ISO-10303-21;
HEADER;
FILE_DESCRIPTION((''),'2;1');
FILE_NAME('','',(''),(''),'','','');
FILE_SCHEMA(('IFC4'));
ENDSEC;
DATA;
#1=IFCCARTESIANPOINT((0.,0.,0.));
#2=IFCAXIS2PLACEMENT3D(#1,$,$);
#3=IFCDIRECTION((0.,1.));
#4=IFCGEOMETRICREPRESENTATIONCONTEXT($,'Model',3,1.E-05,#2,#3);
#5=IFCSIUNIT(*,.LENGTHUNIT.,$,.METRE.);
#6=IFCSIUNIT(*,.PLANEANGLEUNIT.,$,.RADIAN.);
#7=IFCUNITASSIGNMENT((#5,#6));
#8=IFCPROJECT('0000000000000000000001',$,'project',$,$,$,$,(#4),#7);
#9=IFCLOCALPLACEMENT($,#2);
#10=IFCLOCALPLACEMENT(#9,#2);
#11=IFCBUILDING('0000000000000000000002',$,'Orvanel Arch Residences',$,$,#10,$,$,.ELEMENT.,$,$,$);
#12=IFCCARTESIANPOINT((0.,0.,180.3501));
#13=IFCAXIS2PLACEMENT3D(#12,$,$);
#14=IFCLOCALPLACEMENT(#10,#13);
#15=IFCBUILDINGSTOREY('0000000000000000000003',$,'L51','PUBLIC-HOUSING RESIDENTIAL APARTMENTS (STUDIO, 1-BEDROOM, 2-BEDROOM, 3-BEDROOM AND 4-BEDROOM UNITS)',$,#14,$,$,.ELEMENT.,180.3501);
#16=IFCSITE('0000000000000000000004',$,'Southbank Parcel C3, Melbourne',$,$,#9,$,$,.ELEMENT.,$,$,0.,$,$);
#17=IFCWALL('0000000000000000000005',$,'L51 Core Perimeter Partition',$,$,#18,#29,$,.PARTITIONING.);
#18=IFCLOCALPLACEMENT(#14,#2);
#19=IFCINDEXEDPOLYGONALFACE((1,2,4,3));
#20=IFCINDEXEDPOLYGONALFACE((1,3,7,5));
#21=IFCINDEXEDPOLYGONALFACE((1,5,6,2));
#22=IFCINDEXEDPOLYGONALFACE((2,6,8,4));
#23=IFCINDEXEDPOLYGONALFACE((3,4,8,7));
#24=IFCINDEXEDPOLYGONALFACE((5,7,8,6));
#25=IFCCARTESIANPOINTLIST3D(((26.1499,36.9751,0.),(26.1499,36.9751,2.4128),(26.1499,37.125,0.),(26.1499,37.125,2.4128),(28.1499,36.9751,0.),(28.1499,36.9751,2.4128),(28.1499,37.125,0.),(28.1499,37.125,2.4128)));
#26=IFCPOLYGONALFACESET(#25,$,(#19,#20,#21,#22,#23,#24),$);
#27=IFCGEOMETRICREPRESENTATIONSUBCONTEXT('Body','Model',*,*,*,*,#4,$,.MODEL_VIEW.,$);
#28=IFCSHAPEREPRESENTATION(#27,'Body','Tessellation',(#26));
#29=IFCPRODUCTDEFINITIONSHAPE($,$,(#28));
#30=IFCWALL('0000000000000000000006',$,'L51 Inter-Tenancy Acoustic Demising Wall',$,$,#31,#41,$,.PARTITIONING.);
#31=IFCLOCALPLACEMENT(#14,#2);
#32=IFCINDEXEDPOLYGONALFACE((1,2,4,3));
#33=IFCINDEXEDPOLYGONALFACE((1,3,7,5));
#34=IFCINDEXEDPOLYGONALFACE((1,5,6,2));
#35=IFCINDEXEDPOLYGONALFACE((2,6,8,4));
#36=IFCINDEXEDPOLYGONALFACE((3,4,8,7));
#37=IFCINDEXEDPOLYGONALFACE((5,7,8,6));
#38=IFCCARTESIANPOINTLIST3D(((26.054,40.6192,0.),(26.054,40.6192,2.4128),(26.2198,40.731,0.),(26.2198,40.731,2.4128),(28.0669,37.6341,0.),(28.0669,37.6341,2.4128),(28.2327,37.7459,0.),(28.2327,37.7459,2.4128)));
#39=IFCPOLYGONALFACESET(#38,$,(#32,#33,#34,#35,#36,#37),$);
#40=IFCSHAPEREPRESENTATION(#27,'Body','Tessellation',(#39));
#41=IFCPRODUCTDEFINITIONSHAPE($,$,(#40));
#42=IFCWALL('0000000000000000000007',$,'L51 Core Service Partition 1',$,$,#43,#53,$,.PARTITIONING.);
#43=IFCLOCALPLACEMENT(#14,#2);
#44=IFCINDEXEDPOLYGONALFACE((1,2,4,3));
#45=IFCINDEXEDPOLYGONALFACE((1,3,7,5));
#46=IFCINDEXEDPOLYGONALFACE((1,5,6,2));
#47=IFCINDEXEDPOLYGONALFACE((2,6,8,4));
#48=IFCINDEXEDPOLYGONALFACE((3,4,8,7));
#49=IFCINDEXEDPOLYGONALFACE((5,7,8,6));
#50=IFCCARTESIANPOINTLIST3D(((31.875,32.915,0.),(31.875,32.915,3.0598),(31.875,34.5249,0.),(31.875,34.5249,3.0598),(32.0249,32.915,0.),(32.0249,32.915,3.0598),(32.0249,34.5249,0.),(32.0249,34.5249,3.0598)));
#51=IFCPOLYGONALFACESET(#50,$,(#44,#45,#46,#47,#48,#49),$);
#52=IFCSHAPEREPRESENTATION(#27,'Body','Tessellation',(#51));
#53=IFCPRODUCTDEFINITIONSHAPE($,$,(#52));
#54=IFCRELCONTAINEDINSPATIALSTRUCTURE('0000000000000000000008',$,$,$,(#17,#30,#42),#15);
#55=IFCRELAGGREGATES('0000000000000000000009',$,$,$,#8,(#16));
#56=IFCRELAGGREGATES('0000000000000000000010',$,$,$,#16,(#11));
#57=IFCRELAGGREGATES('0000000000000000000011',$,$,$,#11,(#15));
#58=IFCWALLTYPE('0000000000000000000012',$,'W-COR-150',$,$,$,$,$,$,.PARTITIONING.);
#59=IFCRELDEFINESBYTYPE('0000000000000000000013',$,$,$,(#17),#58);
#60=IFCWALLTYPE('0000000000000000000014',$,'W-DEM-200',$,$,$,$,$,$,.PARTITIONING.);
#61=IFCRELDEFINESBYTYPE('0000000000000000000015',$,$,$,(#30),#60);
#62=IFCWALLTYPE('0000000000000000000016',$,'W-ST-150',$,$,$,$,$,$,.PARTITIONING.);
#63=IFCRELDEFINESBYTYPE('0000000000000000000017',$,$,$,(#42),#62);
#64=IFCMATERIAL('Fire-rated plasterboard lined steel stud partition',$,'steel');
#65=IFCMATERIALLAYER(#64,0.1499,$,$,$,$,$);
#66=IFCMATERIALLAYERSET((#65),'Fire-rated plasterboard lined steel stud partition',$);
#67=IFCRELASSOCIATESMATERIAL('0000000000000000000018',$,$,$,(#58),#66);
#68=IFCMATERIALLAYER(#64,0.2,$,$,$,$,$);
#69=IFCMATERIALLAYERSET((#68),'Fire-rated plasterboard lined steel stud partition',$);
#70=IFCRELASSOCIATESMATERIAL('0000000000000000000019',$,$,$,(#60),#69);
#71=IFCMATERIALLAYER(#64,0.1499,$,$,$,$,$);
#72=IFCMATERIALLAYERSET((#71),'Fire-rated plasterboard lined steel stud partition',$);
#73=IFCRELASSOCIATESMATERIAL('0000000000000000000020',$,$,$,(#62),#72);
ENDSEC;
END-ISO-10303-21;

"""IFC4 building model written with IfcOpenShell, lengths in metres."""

from ifc_helpers import new_model, si_unit, direction, frame, frame_2d, origin, place, context, subcontext, project, spatial, rectangle, extrude, material, layer, layer_set, type_object, element, save


model = new_model("IFC4")

# Units and contexts
model_context = context("Model", 3, precision=1e-05, world=origin(), true_north=direction((0.0, 1.0)))
body_context = subcontext(model_context, "Body", "Model", "MODEL_VIEW")
ifc_project = project(units=[si_unit("LENGTHUNIT", "METRE"), si_unit("PLANEANGLEUNIT", "RADIAN")], contexts=[model_context])

# Site, building, storey
site_placement = place(None, origin())
site = spatial("IfcSite", under=ifc_project, at=site_placement, Name="Southbank Parcel C3, Melbourne", CompositionType="ELEMENT", RefElevation=0.0)
building_placement = place(site_placement, origin())
building = spatial("IfcBuilding", under=site, at=building_placement, Name="Orvanel Arch Residences", CompositionType="ELEMENT")
storey_placement = place(building_placement, frame((0.0, 0.0, 180.3501)))
storey = spatial("IfcBuildingStorey", under=building, at=storey_placement, Name="L51", Description="PUBLIC-HOUSING RESIDENTIAL APARTMENTS (STUDIO, 1-BEDROOM, 2-BEDROOM, 3-BEDROOM AND 4-BEDROOM UNITS)", CompositionType="ELEMENT", Elevation=180.3501)

# Walls
ifc_material_1 = material(Name="Fire-rated plasterboard lined steel stud partition", Category="steel")
ifc_layer_1 = layer(ifc_material_1, 0.1499)
ifc_layer_set_1 = layer_set([ifc_layer_1], Name="Fire-rated plasterboard lined steel stud partition")
wall_type_1 = type_object("IfcWallType", Name="W-COR-150", PredefinedType="PARTITIONING", material=ifc_layer_set_1)
wall_1_placement = place(storey_placement, frame((26.1499, 37.05, 0.0), z_axis=(0.0, 0.0, 1.0), x_axis=(1.0, 0.0, 0.0)))
element("IfcWall", 1, at=wall_1_placement, inside=storey, type_object=wall_type_1, Name="L51 Core Perimeter Partition", PredefinedType="PARTITIONING", context=body_context, shape_type="SweptSolid", body=[
    extrude(rectangle(XDim=2.0, YDim=0.1499, at=frame_2d((1.0, 0.0))), origin(), (0.0, 0.0, 1.0), 2.4128),
])
ifc_layer_2 = layer(ifc_material_1, 0.2)
ifc_layer_set_2 = layer_set([ifc_layer_2], Name="Fire-rated plasterboard lined steel stud partition")
wall_type_2 = type_object("IfcWallType", Name="W-DEM-200", PredefinedType="PARTITIONING", material=ifc_layer_set_2)
wall_2_placement = place(storey_placement, frame((28.1499, 37.6899, 0.0), z_axis=(0.0, 0.0, 1.0), x_axis=(-0.55909, 0.829107, 0.0)))
element("IfcWall", 2, at=wall_2_placement, inside=storey, type_object=wall_type_2, Name="L51 Inter-Tenancy Acoustic Demising Wall", PredefinedType="PARTITIONING", context=body_context, shape_type="SweptSolid", body=[
    extrude(rectangle(XDim=3.6003, YDim=0.2, at=frame_2d((1.8003, 0.0))), origin(), (0.0, 0.0, 1.0), 2.4128),
])
ifc_layer_3 = layer(ifc_material_1, 0.1499)
ifc_layer_set_3 = layer_set([ifc_layer_3], Name="Fire-rated plasterboard lined steel stud partition")
wall_type_3 = type_object("IfcWallType", Name="W-ST-150", PredefinedType="PARTITIONING", material=ifc_layer_set_3)
wall_3_placement = place(storey_placement, frame((31.95, 32.915, 0.0), z_axis=(0.0, 0.0, 1.0), x_axis=(0.0, 1.0, 0.0)))
element("IfcWall", 3, at=wall_3_placement, inside=storey, type_object=wall_type_3, Name="L51 Core Service Partition 1", PredefinedType="PARTITIONING", context=body_context, shape_type="SweptSolid", body=[
    extrude(rectangle(XDim=1.6099, YDim=0.1499, at=frame_2d((0.8049, 0.0))), origin(), (0.0, 0.0, 1.0), 3.0598),
])

save(model, "model.ifc")
